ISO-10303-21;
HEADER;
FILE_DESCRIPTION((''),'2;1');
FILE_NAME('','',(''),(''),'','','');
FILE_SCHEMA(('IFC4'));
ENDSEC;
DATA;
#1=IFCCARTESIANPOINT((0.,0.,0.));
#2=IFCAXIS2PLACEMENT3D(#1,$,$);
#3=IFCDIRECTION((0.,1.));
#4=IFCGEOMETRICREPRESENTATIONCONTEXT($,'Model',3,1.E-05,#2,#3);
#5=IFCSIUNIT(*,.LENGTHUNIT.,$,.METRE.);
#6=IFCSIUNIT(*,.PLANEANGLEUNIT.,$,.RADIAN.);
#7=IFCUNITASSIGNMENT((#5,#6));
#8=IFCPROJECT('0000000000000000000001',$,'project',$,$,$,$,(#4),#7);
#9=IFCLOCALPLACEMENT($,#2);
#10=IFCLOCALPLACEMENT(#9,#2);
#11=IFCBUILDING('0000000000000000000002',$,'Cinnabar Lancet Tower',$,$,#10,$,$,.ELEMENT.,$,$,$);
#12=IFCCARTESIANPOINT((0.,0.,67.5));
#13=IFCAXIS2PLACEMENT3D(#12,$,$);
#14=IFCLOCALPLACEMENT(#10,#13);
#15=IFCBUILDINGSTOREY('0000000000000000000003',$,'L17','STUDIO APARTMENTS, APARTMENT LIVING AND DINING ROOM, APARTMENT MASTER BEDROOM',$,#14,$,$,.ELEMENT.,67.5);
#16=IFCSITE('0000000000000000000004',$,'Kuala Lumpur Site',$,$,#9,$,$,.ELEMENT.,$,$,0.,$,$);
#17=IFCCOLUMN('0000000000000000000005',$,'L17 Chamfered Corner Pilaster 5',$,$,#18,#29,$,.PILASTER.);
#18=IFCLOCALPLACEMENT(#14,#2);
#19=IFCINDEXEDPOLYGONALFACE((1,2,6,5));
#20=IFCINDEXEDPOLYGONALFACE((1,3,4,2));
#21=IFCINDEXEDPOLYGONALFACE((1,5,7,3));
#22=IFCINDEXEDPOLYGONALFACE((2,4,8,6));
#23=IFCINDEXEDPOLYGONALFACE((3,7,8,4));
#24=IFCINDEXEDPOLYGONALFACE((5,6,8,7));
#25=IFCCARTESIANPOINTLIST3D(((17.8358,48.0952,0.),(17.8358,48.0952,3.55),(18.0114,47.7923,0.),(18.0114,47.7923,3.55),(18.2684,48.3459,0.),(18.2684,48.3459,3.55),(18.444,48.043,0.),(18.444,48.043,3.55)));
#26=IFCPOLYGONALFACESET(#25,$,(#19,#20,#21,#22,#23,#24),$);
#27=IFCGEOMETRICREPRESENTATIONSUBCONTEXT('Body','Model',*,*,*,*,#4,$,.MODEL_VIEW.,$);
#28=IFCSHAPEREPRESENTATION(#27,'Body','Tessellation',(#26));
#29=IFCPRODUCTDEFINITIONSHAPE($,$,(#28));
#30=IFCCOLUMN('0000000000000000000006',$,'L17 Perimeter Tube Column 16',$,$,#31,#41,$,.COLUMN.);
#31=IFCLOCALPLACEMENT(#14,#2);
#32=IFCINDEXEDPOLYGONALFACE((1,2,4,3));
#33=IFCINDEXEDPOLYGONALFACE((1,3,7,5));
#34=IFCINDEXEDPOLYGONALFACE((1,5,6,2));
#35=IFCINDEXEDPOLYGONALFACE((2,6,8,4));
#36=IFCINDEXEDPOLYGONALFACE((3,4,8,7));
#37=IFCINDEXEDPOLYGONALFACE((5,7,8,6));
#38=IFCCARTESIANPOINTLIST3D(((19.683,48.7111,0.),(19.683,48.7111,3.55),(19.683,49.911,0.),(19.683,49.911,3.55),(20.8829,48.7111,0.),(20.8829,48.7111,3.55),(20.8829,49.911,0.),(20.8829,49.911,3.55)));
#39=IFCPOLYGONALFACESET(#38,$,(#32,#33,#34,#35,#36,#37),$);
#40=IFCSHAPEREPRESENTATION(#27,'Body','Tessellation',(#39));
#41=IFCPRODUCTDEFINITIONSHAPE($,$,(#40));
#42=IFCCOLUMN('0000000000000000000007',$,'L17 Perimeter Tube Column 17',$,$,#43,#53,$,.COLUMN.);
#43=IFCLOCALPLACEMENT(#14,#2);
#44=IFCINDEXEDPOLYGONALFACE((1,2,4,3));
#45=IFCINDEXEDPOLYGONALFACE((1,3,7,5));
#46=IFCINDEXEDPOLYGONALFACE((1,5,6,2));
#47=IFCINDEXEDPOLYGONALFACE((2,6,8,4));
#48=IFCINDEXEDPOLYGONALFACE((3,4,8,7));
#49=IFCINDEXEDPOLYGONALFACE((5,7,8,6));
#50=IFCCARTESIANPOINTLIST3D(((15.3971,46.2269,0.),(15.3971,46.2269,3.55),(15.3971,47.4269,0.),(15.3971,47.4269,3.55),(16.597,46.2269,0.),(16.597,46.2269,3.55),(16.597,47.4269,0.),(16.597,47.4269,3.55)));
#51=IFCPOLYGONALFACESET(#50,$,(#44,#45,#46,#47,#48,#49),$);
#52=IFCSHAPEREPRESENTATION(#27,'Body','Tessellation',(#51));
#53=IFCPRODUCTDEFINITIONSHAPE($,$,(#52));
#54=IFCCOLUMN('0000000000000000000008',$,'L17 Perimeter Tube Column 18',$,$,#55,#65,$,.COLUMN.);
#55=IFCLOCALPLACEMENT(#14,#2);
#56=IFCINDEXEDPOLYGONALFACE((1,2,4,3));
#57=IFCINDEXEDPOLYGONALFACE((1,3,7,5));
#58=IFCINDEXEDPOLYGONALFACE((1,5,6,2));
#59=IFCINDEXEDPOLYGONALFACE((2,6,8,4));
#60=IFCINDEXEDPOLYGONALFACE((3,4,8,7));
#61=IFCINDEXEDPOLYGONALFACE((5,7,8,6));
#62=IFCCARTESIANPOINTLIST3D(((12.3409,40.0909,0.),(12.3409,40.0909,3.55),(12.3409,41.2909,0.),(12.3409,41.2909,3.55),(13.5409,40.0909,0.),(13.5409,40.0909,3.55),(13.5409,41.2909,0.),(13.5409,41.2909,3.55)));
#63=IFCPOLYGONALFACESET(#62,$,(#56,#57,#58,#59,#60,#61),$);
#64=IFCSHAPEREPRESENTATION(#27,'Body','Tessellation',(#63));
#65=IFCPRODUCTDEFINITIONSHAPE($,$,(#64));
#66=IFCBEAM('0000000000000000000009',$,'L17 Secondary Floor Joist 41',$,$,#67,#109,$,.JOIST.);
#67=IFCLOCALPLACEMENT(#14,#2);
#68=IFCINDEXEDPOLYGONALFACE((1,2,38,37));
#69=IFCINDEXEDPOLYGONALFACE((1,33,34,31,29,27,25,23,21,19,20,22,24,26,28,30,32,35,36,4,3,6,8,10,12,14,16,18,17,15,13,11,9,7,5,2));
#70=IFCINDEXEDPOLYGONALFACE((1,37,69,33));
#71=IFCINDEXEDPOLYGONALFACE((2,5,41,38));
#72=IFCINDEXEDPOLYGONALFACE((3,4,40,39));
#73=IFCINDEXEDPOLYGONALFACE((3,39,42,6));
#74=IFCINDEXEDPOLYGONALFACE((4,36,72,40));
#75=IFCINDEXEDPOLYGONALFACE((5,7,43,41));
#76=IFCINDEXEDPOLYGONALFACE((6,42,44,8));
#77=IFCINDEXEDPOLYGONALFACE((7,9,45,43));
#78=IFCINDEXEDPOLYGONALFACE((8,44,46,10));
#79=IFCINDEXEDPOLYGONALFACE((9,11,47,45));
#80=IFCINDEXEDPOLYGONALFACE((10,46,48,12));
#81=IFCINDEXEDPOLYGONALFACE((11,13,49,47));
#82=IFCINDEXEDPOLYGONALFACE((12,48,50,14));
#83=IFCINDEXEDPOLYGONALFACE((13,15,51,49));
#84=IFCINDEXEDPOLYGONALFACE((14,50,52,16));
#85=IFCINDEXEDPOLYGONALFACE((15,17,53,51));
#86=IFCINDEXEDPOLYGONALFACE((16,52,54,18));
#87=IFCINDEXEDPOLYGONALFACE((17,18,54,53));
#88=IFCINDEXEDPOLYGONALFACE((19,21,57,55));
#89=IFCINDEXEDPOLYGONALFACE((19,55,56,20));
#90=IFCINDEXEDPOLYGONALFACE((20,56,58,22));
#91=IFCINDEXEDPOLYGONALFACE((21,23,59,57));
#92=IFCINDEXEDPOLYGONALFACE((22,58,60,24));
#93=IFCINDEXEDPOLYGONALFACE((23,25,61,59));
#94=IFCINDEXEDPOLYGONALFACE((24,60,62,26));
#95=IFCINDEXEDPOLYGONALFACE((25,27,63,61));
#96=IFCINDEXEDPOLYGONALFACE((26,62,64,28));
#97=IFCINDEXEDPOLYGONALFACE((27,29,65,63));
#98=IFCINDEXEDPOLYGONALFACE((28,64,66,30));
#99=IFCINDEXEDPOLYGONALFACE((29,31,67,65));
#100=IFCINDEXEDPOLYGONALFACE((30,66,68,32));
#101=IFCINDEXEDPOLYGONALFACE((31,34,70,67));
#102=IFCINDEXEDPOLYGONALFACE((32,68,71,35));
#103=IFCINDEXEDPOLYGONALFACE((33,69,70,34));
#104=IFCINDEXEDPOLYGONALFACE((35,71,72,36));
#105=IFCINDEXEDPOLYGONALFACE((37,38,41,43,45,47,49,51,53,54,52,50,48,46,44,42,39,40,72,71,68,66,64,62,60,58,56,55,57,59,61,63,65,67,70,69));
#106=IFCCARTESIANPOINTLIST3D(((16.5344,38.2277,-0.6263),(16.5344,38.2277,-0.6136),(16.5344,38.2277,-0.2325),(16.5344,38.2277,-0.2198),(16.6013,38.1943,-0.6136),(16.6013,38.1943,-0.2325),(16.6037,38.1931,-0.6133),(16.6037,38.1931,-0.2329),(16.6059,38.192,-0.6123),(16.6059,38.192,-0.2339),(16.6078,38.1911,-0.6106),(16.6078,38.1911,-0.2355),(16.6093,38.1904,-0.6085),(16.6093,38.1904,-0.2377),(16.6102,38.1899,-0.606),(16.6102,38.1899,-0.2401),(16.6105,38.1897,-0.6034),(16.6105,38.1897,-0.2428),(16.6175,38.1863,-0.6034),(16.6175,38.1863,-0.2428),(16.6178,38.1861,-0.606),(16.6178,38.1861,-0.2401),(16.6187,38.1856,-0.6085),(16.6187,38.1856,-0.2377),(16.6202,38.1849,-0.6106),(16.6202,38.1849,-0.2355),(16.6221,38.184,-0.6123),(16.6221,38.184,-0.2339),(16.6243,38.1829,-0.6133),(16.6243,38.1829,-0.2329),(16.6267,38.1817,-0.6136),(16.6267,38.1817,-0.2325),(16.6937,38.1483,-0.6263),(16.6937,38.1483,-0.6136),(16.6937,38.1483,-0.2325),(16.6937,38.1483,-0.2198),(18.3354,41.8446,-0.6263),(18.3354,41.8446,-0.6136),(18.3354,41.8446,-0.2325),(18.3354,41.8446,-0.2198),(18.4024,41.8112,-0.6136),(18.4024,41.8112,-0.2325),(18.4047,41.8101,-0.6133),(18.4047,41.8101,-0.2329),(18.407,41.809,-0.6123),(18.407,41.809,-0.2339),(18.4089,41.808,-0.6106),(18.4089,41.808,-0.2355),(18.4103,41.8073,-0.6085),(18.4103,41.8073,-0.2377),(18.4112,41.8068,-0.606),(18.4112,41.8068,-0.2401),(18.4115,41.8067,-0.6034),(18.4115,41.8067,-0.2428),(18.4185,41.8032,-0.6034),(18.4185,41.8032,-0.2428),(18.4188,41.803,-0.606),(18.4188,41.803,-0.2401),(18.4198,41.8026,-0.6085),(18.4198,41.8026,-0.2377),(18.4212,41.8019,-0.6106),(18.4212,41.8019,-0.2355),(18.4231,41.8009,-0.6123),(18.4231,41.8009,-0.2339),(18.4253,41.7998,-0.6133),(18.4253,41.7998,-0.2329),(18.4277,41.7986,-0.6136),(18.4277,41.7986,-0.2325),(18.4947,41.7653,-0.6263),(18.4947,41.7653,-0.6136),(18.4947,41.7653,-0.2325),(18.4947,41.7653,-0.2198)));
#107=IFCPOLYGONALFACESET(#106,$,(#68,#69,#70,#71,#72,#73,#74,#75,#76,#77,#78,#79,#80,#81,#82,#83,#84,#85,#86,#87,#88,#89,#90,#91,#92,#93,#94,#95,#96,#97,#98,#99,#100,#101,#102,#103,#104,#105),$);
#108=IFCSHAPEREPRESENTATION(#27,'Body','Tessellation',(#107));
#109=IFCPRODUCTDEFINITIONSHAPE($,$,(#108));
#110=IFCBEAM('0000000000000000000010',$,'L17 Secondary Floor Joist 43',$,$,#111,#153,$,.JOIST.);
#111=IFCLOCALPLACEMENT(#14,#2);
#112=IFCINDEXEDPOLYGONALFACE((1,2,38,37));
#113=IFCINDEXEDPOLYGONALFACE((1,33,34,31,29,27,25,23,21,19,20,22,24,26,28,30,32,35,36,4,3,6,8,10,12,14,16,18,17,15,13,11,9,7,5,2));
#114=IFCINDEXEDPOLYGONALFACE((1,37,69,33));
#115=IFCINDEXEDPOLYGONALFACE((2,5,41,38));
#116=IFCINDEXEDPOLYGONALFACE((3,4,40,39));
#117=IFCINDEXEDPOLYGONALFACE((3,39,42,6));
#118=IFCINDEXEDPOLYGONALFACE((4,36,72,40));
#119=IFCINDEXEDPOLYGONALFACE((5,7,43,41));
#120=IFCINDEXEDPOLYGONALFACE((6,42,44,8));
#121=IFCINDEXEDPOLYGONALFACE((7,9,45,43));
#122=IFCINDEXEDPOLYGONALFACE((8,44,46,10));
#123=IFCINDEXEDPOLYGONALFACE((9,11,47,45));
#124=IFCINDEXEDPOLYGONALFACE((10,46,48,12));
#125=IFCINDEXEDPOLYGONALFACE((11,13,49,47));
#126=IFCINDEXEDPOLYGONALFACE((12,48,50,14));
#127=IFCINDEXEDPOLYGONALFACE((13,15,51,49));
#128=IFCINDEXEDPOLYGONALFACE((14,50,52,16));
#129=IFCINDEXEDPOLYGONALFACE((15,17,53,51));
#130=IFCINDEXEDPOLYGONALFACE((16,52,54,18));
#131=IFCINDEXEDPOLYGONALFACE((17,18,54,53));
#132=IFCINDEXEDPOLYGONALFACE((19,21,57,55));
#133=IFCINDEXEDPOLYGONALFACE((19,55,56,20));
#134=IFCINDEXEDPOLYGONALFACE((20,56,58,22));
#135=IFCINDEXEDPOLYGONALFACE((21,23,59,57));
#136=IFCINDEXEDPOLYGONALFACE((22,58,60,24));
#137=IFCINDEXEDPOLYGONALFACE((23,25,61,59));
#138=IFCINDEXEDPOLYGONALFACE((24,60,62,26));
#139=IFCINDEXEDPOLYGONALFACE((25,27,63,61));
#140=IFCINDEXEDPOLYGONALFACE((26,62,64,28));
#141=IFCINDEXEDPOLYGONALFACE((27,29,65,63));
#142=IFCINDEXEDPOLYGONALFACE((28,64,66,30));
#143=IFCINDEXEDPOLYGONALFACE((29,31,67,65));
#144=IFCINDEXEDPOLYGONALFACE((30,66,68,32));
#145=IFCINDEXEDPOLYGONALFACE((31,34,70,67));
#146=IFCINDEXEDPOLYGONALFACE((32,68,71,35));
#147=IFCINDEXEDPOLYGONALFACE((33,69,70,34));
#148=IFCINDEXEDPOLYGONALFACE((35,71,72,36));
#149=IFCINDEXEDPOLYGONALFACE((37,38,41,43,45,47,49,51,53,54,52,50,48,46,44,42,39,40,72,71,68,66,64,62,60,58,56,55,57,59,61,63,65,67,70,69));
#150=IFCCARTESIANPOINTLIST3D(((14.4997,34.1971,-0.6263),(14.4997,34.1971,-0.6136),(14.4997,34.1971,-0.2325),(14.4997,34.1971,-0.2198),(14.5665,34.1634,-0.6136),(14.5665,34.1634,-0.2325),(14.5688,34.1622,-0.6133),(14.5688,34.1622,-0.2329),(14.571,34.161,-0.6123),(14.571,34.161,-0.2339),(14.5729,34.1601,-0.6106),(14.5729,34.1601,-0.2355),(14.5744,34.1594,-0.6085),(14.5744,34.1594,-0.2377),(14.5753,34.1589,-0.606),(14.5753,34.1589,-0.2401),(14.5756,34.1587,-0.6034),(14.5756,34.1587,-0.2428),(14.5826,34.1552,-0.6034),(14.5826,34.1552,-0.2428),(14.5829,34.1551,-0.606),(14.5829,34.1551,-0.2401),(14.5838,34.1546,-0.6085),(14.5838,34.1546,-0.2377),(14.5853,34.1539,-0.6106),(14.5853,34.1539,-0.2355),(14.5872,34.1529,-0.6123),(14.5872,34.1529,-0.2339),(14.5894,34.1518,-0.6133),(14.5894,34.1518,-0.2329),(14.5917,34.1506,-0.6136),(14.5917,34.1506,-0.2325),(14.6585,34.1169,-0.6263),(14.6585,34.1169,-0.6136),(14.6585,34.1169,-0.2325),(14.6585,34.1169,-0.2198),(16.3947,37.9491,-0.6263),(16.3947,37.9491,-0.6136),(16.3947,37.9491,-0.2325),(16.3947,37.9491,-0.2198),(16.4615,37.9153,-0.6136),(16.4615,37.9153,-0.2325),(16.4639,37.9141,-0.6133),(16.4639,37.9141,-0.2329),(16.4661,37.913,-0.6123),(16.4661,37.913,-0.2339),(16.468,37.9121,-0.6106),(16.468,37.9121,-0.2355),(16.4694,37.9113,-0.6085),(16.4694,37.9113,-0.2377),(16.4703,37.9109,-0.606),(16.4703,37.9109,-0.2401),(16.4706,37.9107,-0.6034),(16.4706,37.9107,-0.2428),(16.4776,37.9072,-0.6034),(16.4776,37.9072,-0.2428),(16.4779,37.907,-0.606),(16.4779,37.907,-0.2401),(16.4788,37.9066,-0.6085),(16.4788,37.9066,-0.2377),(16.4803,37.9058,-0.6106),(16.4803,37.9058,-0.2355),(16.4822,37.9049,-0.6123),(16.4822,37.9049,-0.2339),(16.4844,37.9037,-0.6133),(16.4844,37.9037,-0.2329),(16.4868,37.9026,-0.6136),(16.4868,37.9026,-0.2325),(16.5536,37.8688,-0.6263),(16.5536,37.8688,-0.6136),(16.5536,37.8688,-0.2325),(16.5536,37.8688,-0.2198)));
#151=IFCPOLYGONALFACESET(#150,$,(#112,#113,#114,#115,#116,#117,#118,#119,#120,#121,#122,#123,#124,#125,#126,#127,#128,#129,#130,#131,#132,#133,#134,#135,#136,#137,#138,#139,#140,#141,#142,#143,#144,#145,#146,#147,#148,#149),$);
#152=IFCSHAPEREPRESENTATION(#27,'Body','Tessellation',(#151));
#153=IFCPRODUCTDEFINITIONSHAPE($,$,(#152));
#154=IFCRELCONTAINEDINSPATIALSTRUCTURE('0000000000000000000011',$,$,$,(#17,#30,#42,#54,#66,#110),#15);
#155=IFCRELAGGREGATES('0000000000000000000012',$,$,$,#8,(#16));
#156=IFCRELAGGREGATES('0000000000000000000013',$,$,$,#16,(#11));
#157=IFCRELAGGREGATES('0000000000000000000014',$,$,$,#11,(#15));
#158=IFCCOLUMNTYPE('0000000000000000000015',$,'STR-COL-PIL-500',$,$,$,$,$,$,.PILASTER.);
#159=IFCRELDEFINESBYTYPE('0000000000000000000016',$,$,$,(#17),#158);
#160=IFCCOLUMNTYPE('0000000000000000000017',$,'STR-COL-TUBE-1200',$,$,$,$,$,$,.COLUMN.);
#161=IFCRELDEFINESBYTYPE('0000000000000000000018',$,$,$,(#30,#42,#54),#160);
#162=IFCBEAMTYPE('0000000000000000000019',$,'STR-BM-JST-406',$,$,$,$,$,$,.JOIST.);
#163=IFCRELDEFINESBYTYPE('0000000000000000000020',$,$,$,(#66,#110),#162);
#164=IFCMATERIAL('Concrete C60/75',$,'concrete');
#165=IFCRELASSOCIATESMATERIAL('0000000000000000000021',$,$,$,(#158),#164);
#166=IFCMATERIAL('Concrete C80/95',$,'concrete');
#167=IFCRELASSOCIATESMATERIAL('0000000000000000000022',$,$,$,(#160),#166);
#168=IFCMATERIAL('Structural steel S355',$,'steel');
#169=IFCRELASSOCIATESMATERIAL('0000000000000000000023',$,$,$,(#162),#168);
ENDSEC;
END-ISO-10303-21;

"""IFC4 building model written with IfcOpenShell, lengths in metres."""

from ifc_helpers import new_model, si_unit, direction, frame, origin, origin_2d, place, context, subcontext, project, spatial, rectangle, i_section, extrude, material, material_profile, profile_set, type_object, element, save


model = new_model("IFC4")

# Units and contexts
model_context = context("Model", 3, precision=1e-05, world=origin(), true_north=direction((0.0, 1.0)))
body_context = subcontext(model_context, "Body", "Model", "MODEL_VIEW")
ifc_project = project(units=[si_unit("LENGTHUNIT", "METRE"), si_unit("PLANEANGLEUNIT", "RADIAN")], contexts=[model_context])

# Site, building, storey
site_placement = place(None, origin())
site = spatial("IfcSite", under=ifc_project, at=site_placement, Name="Kuala Lumpur Site", CompositionType="ELEMENT", RefElevation=0.0)
building_placement = place(site_placement, origin())
building = spatial("IfcBuilding", under=site, at=building_placement, Name="Cinnabar Lancet Tower", CompositionType="ELEMENT")
storey_placement = place(building_placement, frame((0.0, 0.0, 67.5)))
storey = spatial("IfcBuildingStorey", under=building, at=storey_placement, Name="L17", Description="STUDIO APARTMENTS, APARTMENT LIVING AND DINING ROOM, APARTMENT MASTER BEDROOM", CompositionType="ELEMENT", Elevation=67.5)

# Columns
ifc_material_1 = material(Name="Concrete C60/75", Category="concrete")
ifc_material_profile_1 = material_profile(ifc_material_1, rectangle(XDim=0.5, YDim=0.3501, at=origin_2d()), Name="RC-PIL 500x350")
ifc_profile_set_1 = profile_set([ifc_material_profile_1], Name="Concrete C60/75")
column_type_1 = type_object("IfcColumnType", Name="STR-COL-PIL-500", PredefinedType="PILASTER", material=ifc_profile_set_1)
column_placement = place(storey_placement, frame((18.1399, 48.0691, 0.0), z_axis=(0.0, 0.0, 1.0), x_axis=(-0.865195, -0.501435, 0.0)))
element("IfcColumn", 1, at=column_placement, inside=storey, type_object=column_type_1, Name="L17 Chamfered Corner Pilaster 5", PredefinedType="PILASTER", context=body_context, shape_type="SweptSolid", body=[
    extrude(rectangle(XDim=0.5, YDim=0.3501, at=origin_2d()), origin(), (0.0, 0.0, 1.0), 3.55),
])
ifc_material_2 = material(Name="Concrete C80/95", Category="concrete")
ifc_material_profile_2 = material_profile(ifc_material_2, rectangle(XDim=1.2, YDim=1.2, at=origin_2d()), Name="RC-COL 1200x1200")
ifc_profile_set_2 = profile_set([ifc_material_profile_2], Name="Concrete C80/95")
column_type_2 = type_object("IfcColumnType", Name="STR-COL-TUBE-1200", PredefinedType="COLUMN", material=ifc_profile_set_2)
for number, where, z_axis, x_axis, name in (
    (2, (20.283, 49.311, 0.0), (0.0, 0.0, 1.0), (1.0, 0.0, 0.0), "L17 Perimeter Tube Column 16"),
    (3, (15.9971, 46.8269, 0.0), (0.0, 0.0, 1.0), (1.0, 0.0, 0.0), "L17 Perimeter Tube Column 17"),
    (4, (12.9409, 40.6909, 0.0), (0.0, 0.0, 1.0), (1.0, 0.0, 0.0), "L17 Perimeter Tube Column 18"),
):
    element("IfcColumn", number, at=place(storey_placement, frame(where, z_axis=z_axis, x_axis=x_axis)), inside=storey, type_object=column_type_2, Name=name, PredefinedType="COLUMN", context=body_context, shape_type="SweptSolid", body=[
        extrude(rectangle(XDim=1.2, YDim=1.2, at=origin_2d()), origin(), (0.0, 0.0, 1.0), 3.55),
    ])

# Beams
ifc_material_3 = material(Name="Structural steel S355", Category="steel")
ifc_material_profile_3 = material_profile(ifc_material_3, i_section(OverallWidth=0.178, OverallDepth=0.4065, WebThickness=0.0078, FlangeThickness=0.0127, FilletRadius=0.0103, at=origin_2d()), Name="UKB 406x178x60")
ifc_profile_set_3 = profile_set([ifc_material_profile_3], Name="Structural steel S355")
beam_type_1 = type_object("IfcBeamType", Name="STR-BM-JST-406", PredefinedType="JOIST", material=ifc_profile_set_3)
beam_1_placement = place(storey_placement, frame((18.415, 41.8049, -0.4231), z_axis=(-0.445739, -0.895163, 0.0), x_axis=(0.895163, -0.445739, 0.0)))
element("IfcBeam", 5, at=beam_1_placement, inside=storey, type_object=beam_type_1, Name="L17 Secondary Floor Joist 41", PredefinedType="JOIST", context=body_context, shape_type="SweptSolid", body=[
    extrude(i_section(OverallWidth=0.178, OverallDepth=0.4065, WebThickness=0.0078, FlangeThickness=0.0127, FilletRadius=0.0103, at=origin_2d()), origin(), (0.0, 0.0, 1.0), 4.0405),
])
beam_2_placement = place(storey_placement, frame((16.4741, 37.9089, -0.4231), z_axis=(-0.450834, -0.892608, 0.0), x_axis=(0.892608, -0.450834, 0.0)))
element("IfcBeam", 6, at=beam_2_placement, inside=storey, type_object=beam_type_1, Name="L17 Secondary Floor Joist 43", PredefinedType="JOIST", context=body_context, shape_type="SweptSolid", body=[
    extrude(i_section(OverallWidth=0.178, OverallDepth=0.4065, WebThickness=0.0078, FlangeThickness=0.0127, FilletRadius=0.0103, at=origin_2d()), origin(), (0.0, 0.0, 1.0), 4.2034),
])

save(model, "model.ifc")
